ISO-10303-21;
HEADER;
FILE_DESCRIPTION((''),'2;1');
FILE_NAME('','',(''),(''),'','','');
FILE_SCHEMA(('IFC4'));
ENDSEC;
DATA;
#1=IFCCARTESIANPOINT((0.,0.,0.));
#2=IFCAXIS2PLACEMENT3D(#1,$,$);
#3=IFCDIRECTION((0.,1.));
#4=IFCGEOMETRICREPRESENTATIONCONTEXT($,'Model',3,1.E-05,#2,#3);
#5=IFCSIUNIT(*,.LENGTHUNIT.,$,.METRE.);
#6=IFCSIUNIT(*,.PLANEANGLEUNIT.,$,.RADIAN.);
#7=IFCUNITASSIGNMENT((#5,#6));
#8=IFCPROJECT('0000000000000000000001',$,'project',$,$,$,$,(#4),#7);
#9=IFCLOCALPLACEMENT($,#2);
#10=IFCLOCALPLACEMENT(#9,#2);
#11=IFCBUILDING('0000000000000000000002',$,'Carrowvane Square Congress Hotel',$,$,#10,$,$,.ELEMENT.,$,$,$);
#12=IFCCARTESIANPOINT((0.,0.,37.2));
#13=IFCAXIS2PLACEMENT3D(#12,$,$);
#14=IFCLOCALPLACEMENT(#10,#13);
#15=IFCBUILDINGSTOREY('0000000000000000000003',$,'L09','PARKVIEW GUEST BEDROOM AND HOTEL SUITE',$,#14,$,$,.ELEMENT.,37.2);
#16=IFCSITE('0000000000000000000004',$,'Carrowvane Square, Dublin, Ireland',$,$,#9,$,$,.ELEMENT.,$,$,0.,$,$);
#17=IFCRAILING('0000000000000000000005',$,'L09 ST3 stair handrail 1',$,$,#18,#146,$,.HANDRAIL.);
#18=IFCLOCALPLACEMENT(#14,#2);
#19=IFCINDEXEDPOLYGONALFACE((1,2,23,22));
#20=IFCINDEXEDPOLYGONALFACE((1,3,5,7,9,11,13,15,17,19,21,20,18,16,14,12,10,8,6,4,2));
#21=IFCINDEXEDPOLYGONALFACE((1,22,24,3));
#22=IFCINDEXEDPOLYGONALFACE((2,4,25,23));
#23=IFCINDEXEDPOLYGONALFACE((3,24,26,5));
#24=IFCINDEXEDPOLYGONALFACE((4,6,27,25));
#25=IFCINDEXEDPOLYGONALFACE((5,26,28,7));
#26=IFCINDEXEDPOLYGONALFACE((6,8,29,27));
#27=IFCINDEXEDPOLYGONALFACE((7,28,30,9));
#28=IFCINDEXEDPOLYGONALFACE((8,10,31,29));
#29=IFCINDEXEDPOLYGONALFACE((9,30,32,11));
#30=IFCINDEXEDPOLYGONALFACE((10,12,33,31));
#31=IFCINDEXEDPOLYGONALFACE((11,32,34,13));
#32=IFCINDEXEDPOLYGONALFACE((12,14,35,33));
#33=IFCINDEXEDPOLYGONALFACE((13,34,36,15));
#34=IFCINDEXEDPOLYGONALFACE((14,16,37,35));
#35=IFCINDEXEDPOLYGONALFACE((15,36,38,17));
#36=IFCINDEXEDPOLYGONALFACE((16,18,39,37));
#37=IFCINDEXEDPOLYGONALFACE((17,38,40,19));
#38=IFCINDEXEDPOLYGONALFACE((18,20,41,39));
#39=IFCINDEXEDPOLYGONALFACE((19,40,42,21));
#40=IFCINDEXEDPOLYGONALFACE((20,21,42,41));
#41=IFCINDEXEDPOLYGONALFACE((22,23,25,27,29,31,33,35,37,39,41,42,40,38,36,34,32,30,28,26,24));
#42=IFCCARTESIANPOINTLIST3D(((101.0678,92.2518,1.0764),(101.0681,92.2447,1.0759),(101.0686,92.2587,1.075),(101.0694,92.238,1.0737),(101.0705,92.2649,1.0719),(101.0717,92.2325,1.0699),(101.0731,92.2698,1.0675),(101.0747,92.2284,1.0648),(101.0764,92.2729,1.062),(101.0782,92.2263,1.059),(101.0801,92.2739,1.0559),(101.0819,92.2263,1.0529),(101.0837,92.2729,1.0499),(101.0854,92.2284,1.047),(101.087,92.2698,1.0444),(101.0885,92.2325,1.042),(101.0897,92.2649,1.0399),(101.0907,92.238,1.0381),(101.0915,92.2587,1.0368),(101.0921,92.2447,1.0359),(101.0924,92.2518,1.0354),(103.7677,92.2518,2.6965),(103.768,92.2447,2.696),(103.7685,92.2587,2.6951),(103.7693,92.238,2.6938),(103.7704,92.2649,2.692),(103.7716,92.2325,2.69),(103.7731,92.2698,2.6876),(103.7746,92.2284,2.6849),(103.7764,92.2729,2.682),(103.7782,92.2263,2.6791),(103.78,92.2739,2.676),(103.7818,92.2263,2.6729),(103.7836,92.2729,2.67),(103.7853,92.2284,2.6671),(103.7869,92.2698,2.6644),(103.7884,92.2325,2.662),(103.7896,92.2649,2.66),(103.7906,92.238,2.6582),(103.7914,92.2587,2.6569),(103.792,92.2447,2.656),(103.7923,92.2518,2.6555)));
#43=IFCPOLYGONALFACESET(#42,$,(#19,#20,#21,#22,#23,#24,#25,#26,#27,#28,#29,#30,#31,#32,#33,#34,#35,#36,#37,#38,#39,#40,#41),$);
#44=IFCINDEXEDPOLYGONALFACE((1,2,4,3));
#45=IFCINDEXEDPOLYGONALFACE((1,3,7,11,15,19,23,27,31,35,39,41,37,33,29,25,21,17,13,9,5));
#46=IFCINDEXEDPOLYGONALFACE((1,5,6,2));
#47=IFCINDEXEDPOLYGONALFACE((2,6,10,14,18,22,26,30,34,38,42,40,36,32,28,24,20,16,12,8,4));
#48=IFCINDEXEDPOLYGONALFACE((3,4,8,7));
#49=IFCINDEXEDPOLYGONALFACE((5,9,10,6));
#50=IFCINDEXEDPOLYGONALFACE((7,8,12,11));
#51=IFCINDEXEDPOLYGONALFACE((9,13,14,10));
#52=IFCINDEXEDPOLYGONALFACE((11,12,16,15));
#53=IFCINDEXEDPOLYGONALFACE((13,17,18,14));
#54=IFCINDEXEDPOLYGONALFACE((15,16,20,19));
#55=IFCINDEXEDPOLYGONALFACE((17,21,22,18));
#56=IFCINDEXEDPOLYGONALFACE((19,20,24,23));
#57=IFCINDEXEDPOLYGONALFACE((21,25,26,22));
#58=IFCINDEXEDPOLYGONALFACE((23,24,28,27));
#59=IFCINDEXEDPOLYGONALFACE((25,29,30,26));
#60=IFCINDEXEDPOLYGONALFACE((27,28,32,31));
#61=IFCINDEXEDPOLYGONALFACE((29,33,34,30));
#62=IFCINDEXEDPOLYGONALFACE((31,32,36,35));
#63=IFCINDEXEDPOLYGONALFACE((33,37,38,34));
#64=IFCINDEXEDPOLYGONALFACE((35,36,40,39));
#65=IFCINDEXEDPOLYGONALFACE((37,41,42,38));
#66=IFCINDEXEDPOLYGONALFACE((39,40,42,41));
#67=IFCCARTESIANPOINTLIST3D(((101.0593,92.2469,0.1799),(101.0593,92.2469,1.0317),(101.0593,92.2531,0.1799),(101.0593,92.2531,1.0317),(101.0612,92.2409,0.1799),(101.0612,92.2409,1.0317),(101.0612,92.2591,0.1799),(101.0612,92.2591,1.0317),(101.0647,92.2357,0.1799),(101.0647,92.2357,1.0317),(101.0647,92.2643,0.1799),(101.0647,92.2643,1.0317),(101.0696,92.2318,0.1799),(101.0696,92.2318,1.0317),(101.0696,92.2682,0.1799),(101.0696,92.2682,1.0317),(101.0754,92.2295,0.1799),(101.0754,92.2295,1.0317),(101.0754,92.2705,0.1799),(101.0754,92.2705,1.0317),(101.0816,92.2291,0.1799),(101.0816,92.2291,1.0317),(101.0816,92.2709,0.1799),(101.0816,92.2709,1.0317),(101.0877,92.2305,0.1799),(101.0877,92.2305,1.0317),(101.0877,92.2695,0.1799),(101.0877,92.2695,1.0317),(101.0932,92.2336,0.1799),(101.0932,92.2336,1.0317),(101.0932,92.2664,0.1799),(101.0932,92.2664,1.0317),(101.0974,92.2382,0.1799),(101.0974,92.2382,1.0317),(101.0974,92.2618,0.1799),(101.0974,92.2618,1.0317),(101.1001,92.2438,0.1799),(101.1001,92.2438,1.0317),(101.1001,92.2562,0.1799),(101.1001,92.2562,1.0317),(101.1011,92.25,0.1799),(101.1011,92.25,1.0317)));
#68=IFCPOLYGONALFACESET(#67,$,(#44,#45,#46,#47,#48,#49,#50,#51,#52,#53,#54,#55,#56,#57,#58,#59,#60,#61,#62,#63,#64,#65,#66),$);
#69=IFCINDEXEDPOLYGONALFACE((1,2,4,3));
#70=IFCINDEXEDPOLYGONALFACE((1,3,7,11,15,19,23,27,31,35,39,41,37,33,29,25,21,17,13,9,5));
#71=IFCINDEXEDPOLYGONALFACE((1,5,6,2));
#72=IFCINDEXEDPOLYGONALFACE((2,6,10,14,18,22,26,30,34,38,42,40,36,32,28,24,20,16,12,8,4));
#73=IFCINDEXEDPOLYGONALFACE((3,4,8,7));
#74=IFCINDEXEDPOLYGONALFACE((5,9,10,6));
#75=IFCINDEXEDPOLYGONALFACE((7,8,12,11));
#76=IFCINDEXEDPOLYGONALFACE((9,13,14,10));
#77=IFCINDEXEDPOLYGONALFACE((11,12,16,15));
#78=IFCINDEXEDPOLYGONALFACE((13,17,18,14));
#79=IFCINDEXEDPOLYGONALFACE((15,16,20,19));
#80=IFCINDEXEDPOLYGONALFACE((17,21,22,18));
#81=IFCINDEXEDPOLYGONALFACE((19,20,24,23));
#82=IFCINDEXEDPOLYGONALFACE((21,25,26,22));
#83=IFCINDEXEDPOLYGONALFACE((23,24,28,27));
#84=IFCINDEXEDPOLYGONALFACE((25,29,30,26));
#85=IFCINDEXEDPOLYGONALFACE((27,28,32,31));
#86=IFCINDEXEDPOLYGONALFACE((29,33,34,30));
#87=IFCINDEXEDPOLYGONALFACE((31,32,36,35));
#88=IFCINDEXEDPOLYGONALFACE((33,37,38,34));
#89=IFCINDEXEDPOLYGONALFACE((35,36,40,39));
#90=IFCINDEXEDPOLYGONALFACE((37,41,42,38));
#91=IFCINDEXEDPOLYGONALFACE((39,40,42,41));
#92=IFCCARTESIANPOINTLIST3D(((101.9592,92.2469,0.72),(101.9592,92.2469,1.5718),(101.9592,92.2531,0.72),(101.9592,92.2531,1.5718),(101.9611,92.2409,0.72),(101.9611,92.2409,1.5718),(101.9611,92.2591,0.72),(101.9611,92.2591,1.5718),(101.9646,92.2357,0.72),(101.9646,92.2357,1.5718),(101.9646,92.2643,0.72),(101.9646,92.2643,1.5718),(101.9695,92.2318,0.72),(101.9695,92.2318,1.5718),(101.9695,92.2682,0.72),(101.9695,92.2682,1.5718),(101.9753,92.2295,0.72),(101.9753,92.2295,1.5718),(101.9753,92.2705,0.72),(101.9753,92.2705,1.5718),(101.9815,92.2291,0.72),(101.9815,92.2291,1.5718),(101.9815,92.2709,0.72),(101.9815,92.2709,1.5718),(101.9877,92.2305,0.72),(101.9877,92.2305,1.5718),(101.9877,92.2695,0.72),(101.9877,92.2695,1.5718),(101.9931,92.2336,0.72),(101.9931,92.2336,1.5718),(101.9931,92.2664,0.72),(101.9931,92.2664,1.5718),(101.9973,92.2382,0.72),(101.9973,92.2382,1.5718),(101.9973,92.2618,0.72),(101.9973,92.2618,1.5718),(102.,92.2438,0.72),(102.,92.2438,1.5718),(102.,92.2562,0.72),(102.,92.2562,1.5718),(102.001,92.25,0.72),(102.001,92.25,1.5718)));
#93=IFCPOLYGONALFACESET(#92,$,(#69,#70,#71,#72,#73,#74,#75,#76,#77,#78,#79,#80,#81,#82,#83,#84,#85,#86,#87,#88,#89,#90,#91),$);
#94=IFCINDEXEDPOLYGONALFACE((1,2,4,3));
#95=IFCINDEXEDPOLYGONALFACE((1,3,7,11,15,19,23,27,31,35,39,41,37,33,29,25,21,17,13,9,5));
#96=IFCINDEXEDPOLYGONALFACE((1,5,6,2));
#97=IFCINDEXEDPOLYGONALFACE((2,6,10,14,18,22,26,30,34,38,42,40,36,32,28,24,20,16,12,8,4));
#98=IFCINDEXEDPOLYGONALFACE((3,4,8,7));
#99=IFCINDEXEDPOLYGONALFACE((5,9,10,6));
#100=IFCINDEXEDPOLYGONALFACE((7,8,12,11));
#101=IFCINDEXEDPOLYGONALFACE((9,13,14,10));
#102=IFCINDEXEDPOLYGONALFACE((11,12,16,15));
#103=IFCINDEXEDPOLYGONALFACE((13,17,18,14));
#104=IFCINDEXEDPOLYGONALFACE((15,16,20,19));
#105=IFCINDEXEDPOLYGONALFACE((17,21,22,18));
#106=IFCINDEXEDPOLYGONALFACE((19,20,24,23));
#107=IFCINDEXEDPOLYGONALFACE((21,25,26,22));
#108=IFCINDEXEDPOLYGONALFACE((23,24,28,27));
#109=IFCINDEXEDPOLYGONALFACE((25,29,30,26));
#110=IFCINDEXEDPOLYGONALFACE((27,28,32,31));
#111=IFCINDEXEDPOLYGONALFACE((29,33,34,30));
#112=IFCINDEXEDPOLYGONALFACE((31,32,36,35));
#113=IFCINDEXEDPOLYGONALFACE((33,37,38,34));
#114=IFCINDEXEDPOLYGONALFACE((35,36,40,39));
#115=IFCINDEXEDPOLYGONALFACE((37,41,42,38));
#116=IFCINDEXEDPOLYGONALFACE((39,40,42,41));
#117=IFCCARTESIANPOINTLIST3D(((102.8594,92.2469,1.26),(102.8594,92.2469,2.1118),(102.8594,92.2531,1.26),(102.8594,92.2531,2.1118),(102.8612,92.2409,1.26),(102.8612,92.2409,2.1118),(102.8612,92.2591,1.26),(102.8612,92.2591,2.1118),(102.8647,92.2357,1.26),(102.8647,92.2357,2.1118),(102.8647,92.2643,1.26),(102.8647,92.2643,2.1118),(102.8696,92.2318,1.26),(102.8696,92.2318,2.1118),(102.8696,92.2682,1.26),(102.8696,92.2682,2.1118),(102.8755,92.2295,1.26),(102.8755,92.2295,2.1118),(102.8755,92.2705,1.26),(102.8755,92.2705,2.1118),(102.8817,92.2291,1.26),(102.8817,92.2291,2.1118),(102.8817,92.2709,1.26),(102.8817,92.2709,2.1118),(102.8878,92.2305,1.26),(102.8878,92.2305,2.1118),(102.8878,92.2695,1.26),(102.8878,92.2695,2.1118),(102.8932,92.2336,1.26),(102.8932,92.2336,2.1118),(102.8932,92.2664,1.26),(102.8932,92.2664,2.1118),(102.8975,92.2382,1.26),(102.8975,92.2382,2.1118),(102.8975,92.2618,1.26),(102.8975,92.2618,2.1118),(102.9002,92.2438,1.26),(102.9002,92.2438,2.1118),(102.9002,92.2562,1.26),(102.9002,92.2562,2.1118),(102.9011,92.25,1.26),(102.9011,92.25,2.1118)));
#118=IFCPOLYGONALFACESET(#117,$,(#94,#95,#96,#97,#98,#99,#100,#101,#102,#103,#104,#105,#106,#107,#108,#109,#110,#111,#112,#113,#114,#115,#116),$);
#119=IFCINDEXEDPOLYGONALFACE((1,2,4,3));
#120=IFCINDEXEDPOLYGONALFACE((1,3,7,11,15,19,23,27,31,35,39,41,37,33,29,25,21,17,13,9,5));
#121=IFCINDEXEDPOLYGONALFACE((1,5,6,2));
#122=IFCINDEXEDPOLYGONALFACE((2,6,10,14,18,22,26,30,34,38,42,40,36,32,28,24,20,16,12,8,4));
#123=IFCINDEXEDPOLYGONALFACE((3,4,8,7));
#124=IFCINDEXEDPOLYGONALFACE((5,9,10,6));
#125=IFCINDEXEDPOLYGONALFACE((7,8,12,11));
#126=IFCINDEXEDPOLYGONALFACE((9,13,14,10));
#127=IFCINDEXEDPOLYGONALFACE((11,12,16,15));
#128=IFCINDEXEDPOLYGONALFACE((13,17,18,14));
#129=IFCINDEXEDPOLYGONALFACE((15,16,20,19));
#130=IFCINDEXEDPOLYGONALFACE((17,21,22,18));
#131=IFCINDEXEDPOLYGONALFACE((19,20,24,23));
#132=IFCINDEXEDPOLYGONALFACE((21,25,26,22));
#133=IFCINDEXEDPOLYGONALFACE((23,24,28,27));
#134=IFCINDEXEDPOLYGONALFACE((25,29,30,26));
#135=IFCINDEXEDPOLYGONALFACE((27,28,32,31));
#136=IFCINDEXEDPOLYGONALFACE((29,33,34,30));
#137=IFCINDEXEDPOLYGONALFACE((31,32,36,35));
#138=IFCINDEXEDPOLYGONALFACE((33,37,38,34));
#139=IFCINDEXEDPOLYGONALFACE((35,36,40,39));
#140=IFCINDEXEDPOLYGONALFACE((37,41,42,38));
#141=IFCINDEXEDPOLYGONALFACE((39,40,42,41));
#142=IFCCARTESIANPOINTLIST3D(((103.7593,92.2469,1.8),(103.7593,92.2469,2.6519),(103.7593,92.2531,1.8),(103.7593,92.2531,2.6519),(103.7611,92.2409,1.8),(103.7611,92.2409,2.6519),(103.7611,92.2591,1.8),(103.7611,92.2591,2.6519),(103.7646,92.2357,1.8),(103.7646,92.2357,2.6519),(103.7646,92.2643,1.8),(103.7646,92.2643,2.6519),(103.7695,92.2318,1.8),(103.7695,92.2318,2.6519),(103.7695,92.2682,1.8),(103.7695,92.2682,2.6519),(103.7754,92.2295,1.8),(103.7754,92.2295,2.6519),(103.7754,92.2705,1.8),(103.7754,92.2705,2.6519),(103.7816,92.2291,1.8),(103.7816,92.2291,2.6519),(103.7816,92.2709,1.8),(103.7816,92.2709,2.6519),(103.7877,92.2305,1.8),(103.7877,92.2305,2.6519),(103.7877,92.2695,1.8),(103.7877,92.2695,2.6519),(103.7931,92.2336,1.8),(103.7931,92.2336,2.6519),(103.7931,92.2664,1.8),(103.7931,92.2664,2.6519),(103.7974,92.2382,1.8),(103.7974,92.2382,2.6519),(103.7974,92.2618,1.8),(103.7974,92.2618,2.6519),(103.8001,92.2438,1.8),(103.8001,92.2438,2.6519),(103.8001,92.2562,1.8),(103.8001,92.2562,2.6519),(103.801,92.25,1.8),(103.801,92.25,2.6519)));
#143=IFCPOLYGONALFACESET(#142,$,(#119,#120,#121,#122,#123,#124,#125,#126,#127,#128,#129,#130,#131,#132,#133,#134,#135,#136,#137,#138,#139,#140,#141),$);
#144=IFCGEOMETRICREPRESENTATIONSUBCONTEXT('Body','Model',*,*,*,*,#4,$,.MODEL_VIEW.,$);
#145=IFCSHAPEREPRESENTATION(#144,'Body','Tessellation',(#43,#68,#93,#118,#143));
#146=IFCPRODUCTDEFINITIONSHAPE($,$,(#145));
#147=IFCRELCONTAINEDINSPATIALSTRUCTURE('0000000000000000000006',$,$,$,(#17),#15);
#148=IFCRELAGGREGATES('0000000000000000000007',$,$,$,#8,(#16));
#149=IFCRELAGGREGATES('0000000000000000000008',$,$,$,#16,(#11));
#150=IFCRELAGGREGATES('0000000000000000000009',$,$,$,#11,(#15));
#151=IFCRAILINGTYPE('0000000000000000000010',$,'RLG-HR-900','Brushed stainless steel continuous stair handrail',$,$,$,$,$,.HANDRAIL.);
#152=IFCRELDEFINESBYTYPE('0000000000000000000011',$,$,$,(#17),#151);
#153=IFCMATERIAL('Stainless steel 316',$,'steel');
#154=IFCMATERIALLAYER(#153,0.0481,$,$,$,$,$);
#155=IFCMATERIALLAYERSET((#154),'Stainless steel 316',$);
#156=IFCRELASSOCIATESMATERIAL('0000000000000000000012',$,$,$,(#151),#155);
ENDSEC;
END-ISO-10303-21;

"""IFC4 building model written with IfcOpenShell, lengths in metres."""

from ifc_helpers import new_model, si_unit, direction, frame, origin, origin_2d, place, context, subcontext, project, spatial, circle, extrude, material, layer, layer_set, type_object, element, save


model = new_model("IFC4")

# Units and contexts
model_context = context("Model", 3, precision=1e-05, world=origin(), true_north=direction((0.0, 1.0)))
body_context = subcontext(model_context, "Body", "Model", "MODEL_VIEW")
ifc_project = project(units=[si_unit("LENGTHUNIT", "METRE"), si_unit("PLANEANGLEUNIT", "RADIAN")], contexts=[model_context])

# Site, building, storey
site_placement = place(None, origin())
site = spatial("IfcSite", under=ifc_project, at=site_placement, Name="Carrowvane Square, Dublin, Ireland", CompositionType="ELEMENT", RefElevation=0.0)
building_placement = place(site_placement, origin())
building = spatial("IfcBuilding", under=site, at=building_placement, Name="Carrowvane Square Congress Hotel", CompositionType="ELEMENT")
storey_placement = place(building_placement, frame((0.0, 0.0, 37.2)))
storey = spatial("IfcBuildingStorey", under=building, at=storey_placement, Name="L09", Description="PARKVIEW GUEST BEDROOM AND HOTEL SUITE", CompositionType="ELEMENT", Elevation=37.2)

# Railing
ifc_material_1 = material(Name="Stainless steel 316", Category="steel")
ifc_layer_1 = layer(ifc_material_1, 0.0481)
ifc_layer_set_1 = layer_set([ifc_layer_1], Name="Stainless steel 316")
railing_type_1 = type_object("IfcRailingType", Name="RLG-HR-900", Description="Brushed stainless steel continuous stair handrail", PredefinedType="HANDRAIL", material=ifc_layer_set_1)
railing_1_placement = place(storey_placement, frame((101.0801, 92.25, 0.1799)))
element("IfcRailing", 1, at=railing_1_placement, inside=storey, type_object=railing_type_1, Name="L09 ST3 stair handrail 1", PredefinedType="HANDRAIL", context=body_context, shape_type="SweptSolid", body=[
    extrude(circle(Radius=0.0239, at=origin_2d()), frame((0.0, 0.0, 0.876), z_axis=(0.857472, 0.0, 0.51453), x_axis=(0.0, 1.0, 0.0)), (0.0, 0.0, 1.0), 3.1487),
    extrude(circle(Radius=0.021, at=origin_2d()), origin(), (0.0, 0.0, 1.0), 0.8518),
    extrude(circle(Radius=0.021, at=origin_2d()), frame((0.8999, 0.0, 0.54)), (0.0, 0.0, 1.0), 0.8518),
    extrude(circle(Radius=0.021, at=origin_2d()), frame((1.8, 0.0, 1.0801)), (0.0, 0.0, 1.0), 0.8518),
    extrude(circle(Radius=0.021, at=origin_2d()), frame((2.7, 0.0, 1.6201)), (0.0, 0.0, 1.0), 0.8518),
])

save(model, "model.ifc")
